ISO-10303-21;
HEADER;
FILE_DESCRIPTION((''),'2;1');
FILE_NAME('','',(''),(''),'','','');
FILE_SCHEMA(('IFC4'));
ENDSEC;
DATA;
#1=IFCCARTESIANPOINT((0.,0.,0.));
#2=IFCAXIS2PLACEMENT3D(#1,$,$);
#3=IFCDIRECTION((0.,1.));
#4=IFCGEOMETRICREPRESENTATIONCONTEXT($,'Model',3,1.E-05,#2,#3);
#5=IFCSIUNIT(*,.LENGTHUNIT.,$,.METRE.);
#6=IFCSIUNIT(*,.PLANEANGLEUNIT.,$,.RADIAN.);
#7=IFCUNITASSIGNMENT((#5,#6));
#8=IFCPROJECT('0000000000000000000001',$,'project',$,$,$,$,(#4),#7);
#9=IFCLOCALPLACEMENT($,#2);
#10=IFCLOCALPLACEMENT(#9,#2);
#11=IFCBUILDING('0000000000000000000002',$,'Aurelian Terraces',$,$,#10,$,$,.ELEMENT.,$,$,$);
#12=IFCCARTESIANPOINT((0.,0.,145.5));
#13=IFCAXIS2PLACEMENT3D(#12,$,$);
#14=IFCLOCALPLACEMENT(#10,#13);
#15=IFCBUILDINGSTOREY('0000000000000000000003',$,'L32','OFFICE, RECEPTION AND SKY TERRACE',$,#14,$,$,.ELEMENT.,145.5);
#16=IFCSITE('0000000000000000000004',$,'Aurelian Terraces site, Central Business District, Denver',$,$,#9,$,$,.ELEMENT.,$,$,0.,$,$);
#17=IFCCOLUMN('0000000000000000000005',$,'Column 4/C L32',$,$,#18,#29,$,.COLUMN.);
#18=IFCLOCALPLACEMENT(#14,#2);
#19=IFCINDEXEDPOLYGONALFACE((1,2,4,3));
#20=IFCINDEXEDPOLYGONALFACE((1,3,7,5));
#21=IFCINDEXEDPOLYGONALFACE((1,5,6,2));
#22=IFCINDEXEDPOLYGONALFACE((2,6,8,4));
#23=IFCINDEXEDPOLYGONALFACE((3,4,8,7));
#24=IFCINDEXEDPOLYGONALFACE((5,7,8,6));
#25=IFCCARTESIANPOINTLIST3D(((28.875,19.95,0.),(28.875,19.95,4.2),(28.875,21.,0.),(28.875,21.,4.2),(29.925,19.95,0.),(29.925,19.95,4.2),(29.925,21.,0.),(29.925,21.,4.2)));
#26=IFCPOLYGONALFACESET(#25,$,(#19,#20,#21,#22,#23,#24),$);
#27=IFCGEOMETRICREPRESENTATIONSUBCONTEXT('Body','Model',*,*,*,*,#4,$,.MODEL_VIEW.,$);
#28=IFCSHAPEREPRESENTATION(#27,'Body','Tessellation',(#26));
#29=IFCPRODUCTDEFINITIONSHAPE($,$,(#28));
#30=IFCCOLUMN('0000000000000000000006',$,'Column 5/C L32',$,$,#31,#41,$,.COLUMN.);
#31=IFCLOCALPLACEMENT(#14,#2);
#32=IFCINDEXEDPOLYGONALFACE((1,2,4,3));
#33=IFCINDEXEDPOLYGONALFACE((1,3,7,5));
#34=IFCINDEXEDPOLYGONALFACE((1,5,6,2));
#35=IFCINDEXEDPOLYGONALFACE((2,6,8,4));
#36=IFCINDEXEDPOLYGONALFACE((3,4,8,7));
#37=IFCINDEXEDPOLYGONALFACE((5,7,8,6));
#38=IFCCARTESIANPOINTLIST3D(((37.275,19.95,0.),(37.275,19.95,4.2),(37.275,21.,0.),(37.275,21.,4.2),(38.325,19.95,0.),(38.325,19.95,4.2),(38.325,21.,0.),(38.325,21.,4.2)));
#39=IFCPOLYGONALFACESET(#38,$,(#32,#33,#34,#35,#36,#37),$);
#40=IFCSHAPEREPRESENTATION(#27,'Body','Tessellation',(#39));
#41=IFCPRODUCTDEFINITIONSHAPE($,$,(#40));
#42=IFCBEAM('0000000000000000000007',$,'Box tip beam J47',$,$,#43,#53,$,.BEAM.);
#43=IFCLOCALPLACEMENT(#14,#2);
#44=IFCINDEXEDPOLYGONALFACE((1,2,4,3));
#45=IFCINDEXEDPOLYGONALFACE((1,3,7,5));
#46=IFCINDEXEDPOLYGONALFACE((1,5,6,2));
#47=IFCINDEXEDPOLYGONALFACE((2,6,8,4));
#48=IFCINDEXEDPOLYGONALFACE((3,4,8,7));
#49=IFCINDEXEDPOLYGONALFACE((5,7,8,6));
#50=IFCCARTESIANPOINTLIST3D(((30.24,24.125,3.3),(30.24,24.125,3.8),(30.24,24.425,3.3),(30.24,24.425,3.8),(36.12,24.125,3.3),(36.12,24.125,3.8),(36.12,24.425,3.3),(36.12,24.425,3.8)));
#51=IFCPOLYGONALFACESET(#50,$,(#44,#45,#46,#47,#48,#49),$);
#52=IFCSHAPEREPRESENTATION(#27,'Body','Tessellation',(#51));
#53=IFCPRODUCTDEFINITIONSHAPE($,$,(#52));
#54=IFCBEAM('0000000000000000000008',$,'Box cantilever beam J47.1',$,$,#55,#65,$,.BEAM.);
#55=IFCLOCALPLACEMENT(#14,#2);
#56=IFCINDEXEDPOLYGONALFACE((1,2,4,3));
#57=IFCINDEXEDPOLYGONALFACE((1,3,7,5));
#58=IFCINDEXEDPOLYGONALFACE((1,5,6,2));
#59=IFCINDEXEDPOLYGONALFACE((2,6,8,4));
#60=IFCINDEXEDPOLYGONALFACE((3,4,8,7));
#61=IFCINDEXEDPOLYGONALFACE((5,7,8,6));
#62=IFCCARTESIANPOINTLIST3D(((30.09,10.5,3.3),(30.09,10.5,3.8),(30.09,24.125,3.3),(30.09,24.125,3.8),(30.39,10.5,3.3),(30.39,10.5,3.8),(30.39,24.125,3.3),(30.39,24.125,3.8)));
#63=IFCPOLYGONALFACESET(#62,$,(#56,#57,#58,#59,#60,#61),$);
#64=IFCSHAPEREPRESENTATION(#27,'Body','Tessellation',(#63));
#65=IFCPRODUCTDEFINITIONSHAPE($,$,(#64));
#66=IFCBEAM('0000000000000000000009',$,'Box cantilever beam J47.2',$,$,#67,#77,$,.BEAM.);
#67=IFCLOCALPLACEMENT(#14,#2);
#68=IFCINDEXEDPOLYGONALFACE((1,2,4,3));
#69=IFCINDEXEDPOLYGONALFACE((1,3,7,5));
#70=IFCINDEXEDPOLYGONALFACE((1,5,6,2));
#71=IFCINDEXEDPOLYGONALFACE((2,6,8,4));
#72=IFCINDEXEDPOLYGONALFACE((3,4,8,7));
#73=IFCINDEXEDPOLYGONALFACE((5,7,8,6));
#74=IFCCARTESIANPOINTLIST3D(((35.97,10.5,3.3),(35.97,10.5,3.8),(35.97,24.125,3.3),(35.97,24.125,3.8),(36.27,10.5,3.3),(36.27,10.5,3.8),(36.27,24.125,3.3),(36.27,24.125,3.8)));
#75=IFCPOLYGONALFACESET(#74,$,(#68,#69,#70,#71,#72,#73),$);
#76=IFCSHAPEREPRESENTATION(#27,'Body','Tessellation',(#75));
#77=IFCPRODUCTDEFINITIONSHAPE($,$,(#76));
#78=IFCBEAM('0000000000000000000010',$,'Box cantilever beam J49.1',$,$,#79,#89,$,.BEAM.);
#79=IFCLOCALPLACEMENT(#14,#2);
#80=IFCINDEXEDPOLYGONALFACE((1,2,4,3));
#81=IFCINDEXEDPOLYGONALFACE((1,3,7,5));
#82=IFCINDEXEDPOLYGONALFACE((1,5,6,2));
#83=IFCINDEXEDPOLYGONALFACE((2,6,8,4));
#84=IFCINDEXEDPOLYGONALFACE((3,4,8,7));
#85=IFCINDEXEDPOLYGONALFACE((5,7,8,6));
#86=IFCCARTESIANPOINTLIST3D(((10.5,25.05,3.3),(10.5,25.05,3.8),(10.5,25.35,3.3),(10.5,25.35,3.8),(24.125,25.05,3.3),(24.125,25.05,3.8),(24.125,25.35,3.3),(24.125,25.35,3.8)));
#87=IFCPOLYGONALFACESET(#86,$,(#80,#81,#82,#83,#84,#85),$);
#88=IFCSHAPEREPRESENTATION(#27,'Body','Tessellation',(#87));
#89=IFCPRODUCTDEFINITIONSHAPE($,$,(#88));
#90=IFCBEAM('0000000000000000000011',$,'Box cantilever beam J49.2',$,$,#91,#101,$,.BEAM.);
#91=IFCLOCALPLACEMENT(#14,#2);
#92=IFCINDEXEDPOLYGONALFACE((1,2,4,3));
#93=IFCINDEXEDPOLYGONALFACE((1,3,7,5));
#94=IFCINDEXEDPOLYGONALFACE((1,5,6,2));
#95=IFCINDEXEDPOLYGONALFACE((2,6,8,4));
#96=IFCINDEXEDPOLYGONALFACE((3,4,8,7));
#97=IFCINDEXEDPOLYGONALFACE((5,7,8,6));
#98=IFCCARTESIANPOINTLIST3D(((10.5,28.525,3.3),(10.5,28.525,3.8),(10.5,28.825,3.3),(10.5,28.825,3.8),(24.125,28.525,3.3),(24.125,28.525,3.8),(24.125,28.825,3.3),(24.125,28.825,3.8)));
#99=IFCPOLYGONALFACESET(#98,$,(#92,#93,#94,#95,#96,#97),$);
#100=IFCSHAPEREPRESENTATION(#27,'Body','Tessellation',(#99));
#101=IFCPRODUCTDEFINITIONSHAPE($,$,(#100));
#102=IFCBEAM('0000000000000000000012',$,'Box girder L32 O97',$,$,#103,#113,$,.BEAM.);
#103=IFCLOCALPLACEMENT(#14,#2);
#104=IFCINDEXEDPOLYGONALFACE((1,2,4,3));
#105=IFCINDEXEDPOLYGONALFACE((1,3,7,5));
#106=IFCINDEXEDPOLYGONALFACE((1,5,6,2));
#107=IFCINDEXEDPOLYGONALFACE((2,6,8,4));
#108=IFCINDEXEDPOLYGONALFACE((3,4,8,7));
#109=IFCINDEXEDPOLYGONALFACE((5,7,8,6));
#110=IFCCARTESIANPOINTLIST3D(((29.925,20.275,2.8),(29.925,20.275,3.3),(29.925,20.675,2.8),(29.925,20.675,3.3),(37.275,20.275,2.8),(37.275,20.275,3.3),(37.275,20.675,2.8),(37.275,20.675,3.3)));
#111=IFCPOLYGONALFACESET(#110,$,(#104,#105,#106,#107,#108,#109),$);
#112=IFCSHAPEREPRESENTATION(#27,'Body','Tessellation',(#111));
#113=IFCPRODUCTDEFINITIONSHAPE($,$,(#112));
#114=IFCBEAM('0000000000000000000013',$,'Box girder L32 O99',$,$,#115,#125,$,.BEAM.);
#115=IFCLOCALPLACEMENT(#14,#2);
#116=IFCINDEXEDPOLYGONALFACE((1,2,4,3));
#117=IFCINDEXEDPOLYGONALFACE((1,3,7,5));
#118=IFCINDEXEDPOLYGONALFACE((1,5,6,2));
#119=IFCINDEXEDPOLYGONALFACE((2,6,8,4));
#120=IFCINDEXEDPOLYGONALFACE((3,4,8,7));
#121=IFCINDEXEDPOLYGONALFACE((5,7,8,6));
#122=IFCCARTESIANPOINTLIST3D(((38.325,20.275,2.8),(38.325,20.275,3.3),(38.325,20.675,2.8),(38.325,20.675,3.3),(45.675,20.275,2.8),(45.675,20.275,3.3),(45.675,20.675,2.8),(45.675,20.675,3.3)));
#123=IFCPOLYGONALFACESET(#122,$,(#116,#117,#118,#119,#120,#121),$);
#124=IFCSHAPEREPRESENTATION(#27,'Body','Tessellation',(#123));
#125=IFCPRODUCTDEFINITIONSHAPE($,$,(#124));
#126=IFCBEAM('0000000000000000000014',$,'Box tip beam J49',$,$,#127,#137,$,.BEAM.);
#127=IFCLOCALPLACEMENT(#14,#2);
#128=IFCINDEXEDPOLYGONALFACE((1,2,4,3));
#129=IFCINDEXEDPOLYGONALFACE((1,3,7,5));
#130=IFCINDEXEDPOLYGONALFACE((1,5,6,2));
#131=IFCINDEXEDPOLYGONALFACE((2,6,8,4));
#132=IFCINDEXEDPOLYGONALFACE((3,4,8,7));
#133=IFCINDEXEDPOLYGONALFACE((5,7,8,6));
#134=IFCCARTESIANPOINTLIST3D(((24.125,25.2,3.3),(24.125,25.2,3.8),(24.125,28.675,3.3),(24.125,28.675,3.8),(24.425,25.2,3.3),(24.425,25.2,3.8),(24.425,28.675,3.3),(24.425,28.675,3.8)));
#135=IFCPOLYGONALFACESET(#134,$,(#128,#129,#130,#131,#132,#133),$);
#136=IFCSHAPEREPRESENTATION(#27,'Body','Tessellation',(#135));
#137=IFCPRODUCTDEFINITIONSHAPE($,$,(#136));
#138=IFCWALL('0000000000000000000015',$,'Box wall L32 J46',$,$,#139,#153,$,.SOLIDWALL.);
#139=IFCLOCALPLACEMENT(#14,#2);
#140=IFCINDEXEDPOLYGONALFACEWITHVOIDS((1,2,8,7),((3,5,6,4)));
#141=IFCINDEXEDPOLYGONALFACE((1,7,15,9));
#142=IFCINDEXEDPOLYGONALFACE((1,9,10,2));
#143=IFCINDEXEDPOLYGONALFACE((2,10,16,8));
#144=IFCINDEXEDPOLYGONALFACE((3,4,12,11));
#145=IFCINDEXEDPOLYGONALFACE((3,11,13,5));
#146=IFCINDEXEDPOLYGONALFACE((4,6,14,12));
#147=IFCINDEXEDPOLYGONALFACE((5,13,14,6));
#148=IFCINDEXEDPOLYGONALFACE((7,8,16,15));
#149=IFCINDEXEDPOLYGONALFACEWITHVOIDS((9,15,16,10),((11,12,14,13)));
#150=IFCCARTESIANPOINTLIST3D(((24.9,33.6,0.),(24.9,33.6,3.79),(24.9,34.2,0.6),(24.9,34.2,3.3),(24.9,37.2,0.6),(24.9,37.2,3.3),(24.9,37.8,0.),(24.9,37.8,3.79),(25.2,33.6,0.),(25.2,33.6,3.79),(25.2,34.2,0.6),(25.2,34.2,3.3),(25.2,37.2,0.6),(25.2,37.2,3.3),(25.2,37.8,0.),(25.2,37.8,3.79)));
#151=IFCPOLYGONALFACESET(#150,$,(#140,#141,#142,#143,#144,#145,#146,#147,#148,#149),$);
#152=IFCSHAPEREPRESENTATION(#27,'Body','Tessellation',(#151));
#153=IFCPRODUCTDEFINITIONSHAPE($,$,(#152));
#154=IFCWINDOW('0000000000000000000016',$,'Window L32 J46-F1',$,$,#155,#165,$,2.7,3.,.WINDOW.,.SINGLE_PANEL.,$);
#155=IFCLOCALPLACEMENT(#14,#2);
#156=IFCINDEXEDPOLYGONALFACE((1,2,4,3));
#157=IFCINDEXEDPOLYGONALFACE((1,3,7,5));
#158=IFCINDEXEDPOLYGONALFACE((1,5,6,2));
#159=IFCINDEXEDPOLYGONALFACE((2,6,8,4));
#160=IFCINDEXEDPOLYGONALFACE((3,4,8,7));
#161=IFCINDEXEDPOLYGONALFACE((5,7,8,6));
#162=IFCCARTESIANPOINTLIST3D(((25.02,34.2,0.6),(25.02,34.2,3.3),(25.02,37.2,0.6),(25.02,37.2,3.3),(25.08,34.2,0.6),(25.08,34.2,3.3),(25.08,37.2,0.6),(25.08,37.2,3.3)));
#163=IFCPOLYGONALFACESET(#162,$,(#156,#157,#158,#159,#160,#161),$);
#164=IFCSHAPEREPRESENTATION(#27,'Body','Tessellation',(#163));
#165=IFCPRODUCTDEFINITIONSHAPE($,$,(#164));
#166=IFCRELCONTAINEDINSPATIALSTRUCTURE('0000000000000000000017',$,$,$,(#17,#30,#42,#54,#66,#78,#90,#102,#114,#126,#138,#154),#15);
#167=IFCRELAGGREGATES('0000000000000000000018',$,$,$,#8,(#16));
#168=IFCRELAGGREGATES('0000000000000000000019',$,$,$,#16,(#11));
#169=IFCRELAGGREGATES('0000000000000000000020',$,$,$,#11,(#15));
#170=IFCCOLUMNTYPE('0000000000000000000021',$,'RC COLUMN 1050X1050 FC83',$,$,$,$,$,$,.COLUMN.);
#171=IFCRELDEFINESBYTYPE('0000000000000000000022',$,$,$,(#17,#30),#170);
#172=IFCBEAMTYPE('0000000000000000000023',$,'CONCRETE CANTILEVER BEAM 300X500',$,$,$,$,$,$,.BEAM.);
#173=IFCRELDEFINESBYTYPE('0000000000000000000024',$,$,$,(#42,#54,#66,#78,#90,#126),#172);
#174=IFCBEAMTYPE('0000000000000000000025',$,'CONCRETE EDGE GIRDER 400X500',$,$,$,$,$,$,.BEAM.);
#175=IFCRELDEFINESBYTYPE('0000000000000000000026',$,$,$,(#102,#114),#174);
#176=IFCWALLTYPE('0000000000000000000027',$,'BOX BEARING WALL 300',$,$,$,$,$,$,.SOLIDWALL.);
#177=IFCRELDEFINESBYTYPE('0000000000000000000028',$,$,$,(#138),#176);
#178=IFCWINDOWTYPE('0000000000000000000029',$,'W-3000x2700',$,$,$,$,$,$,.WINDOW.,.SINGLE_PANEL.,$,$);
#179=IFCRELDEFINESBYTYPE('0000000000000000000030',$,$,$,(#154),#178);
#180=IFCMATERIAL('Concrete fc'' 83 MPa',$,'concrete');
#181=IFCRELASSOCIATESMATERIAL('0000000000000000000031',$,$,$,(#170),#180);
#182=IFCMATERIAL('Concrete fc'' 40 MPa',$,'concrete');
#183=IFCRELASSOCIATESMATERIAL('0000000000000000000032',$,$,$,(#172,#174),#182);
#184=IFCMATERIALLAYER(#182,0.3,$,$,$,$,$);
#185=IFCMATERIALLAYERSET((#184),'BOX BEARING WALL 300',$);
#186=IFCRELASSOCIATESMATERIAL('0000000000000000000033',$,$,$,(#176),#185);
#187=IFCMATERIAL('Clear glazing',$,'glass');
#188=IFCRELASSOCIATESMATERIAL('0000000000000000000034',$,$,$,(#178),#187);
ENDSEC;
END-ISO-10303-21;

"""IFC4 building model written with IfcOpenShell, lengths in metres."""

from ifc_helpers import new_model, si_unit, direction, frame, frame_2d, origin, origin_2d, place, context, subcontext, project, spatial, rectangle, extrude, source, transform, mapped, material, layer, layer_set, material_profile, profile_set, type_object, element, fill, save


model = new_model("IFC4")

# Units and contexts
model_context = context("Model", 3, precision=1e-05, world=origin(), true_north=direction((0.0, 1.0)))
body_context = subcontext(model_context, "Body", "Model", "MODEL_VIEW")
ifc_project = project(units=[si_unit("LENGTHUNIT", "METRE"), si_unit("PLANEANGLEUNIT", "RADIAN")], contexts=[model_context])

# Site, building, storey
site_placement = place(None, origin())
site = spatial("IfcSite", under=ifc_project, at=site_placement, Name="Aurelian Terraces site, Central Business District, Denver", CompositionType="ELEMENT", RefElevation=0.0)
building_placement = place(site_placement, origin())
building = spatial("IfcBuilding", under=site, at=building_placement, Name="Aurelian Terraces", CompositionType="ELEMENT")
storey_placement = place(building_placement, frame((0.0, 0.0, 145.5)))
storey = spatial("IfcBuildingStorey", under=building, at=storey_placement, Name="L32", Description="OFFICE, RECEPTION AND SKY TERRACE", CompositionType="ELEMENT", Elevation=145.5)

# Columns
ifc_material_1 = material(Name="Concrete fc' 83 MPa", Category="concrete")
ifc_material_profile_1 = material_profile(ifc_material_1, rectangle(XDim=1.05, YDim=1.05, at=origin_2d()))
ifc_profile_set_1 = profile_set([ifc_material_profile_1], Name="Concrete fc' 83 MPa")
column_type = type_object("IfcColumnType", Name="RC COLUMN 1050X1050 FC83", PredefinedType="COLUMN", material=ifc_profile_set_1)
shared_shape_1 = source(origin(), body_context, "Body", "SweptSolid", [
    extrude(rectangle(XDim=1.05, YDim=1.05, at=origin_2d()), origin(), (0.0, 0.0, 1.0), 4.2),
])
for number, where, z_axis, x_axis, name in (
    (1, (29.4, 20.475, 0.0), (0.0, 0.0, 1.0), (1.0, 0.0, 0.0), "Column 4/C L32"),
    (2, (37.8, 20.475, 0.0), (0.0, 0.0, 1.0), (1.0, 0.0, 0.0), "Column 5/C L32"),
):
    element("IfcColumn", number, at=place(storey_placement, frame(where, z_axis=z_axis, x_axis=x_axis)), inside=storey, type_object=column_type, Name=name, PredefinedType="COLUMN", context=body_context, shape_type="MappedRepresentation", body=[
        mapped(shared_shape_1, transform((0.0, 0.0, 0.0), scale=1.0)),
    ])

# Beams
ifc_material_2 = material(Name="Concrete fc' 40 MPa", Category="concrete")
ifc_material_profile_2 = material_profile(ifc_material_2, rectangle(XDim=0.3, YDim=0.5, at=origin_2d()))
ifc_profile_set_2 = profile_set([ifc_material_profile_2], Name="Concrete fc' 40 MPa")
beam_type_1 = type_object("IfcBeamType", Name="CONCRETE CANTILEVER BEAM 300X500", PredefinedType="BEAM", material=ifc_profile_set_2)
shared_shape_2 = source(origin(), body_context, "Body", "SweptSolid", [
    extrude(rectangle(XDim=0.3, YDim=0.5, at=origin_2d()), origin(), (0.0, 0.0, 1.0), 5.88),
])
beam_1_placement = place(storey_placement, frame((30.24, 24.275, 3.55), z_axis=(1.0, 0.0, 0.0), x_axis=(0.0, 1.0, 0.0)))
element("IfcBeam", 3, at=beam_1_placement, inside=storey, type_object=beam_type_1, Name="Box tip beam J47", PredefinedType="BEAM", context=body_context, shape_type="MappedRepresentation", body=[
    mapped(shared_shape_2, transform((0.0, 0.0, 0.0), scale=1.0)),
])
shared_shape_3 = source(origin(), body_context, "Body", "SweptSolid", [
    extrude(rectangle(XDim=0.3, YDim=0.5, at=origin_2d()), origin(), (0.0, 0.0, 1.0), 13.625),
])
for number, where, z_axis, x_axis, name in (
    (4, (30.24, 24.125, 3.55), (0.0, -1.0, 0.0), (1.0, 0.0, 0.0), "Box cantilever beam J47.1"),
    (5, (36.12, 24.125, 3.55), (0.0, -1.0, 0.0), (1.0, 0.0, 0.0), "Box cantilever beam J47.2"),
    (6, (24.125, 25.2, 3.55), (-1.0, 0.0, 0.0), (0.0, -1.0, 0.0), "Box cantilever beam J49.1"),
    (7, (24.125, 28.675, 3.55), (-1.0, 0.0, 0.0), (0.0, -1.0, 0.0), "Box cantilever beam J49.2"),
):
    element("IfcBeam", number, at=place(storey_placement, frame(where, z_axis=z_axis, x_axis=x_axis)), inside=storey, type_object=beam_type_1, Name=name, PredefinedType="BEAM", context=body_context, shape_type="MappedRepresentation", body=[
        mapped(shared_shape_3, transform((0.0, 0.0, 0.0), scale=1.0)),
    ])
ifc_material_profile_3 = material_profile(ifc_material_2, rectangle(XDim=0.4, YDim=0.5, at=origin_2d()))
ifc_profile_set_3 = profile_set([ifc_material_profile_3], Name="Concrete fc' 40 MPa")
beam_type_2 = type_object("IfcBeamType", Name="CONCRETE EDGE GIRDER 400X500", PredefinedType="BEAM", material=ifc_profile_set_3)
shared_shape_4 = source(origin(), body_context, "Body", "SweptSolid", [
    extrude(rectangle(XDim=0.4, YDim=0.5, at=origin_2d()), origin(), (0.0, 0.0, 1.0), 7.35),
])
for number, where, z_axis, x_axis, name in (
    (8, (29.925, 20.475, 3.05), (1.0, 0.0, 0.0), (0.0, 1.0, 0.0), "Box girder L32 O97"),
    (9, (38.325, 20.475, 3.05), (1.0, 0.0, 0.0), (0.0, 1.0, 0.0), "Box girder L32 O99"),
):
    element("IfcBeam", number, at=place(storey_placement, frame(where, z_axis=z_axis, x_axis=x_axis)), inside=storey, type_object=beam_type_2, Name=name, PredefinedType="BEAM", context=body_context, shape_type="MappedRepresentation", body=[
        mapped(shared_shape_4, transform((0.0, 0.0, 0.0), scale=1.0)),
    ])
shared_shape_5 = source(origin(), body_context, "Body", "SweptSolid", [
    extrude(rectangle(XDim=0.3, YDim=0.5, at=origin_2d()), origin(), (0.0, 0.0, 1.0), 3.475),
])
beam_2_placement = place(storey_placement, frame((24.275, 25.2, 3.55), z_axis=(0.0, 1.0, 0.0), x_axis=(-1.0, 0.0, 0.0)))
element("IfcBeam", 10, at=beam_2_placement, inside=storey, type_object=beam_type_1, Name="Box tip beam J49", PredefinedType="BEAM", context=body_context, shape_type="MappedRepresentation", body=[
    mapped(shared_shape_5, transform((0.0, 0.0, 0.0), scale=1.0)),
])

# Wall, opening, window
ifc_layer_1 = layer(ifc_material_2, 0.3)
ifc_layer_set_1 = layer_set([ifc_layer_1], Name="BOX BEARING WALL 300")
wall_type_1 = type_object("IfcWallType", Name="BOX BEARING WALL 300", PredefinedType="SOLIDWALL", material=ifc_layer_set_1)
shared_shape_6 = source(origin(), body_context, "Body", "SweptSolid", [
    extrude(rectangle(XDim=4.2, YDim=0.3, at=frame_2d((2.1, 0.0))), origin(), (0.0, 0.0, 1.0), 3.79),
])
wall_1_placement = place(storey_placement, frame((25.05, 33.6, 0.0), z_axis=(0.0, 0.0, 1.0), x_axis=(0.0, 1.0, 0.0)))
wall_1 = element("IfcWall", 11, at=wall_1_placement, inside=storey, type_object=wall_type_1, Name="Box wall L32 J46", PredefinedType="SOLIDWALL", context=body_context, shape_type="MappedRepresentation", body=[
    mapped(shared_shape_6, transform((0.0, 0.0, 0.0), scale=1.0)),
])
shared_shape_7 = source(origin(), body_context, "Body", "SweptSolid", [
    extrude(rectangle(XDim=3.0, YDim=2.7, at=frame_2d((1.5, 1.35))), frame((0.0, 0.16, 0.0), z_axis=(0.0, -1.0, 0.0), x_axis=(1.0, 0.0, 0.0)), (0.0, 0.0, 1.0), 0.32),
])
opening_1_placement = place(wall_1_placement, frame((0.6, 0.0, 0.6)))
opening_1 = element("IfcOpeningElement", 12, at=opening_1_placement, cuts=wall_1, PredefinedType="OPENING", context=body_context, shape_type="MappedRepresentation", body=[
    mapped(shared_shape_7, transform((0.0, 0.0, 0.0), scale=1.0)),
])
ifc_material_3 = material(Name="Clear glazing", Category="glass")
window_type_1 = type_object("IfcWindowType", Name="W-3000x2700", PartitioningType="SINGLE_PANEL", PredefinedType="WINDOW", material=ifc_material_3)
shared_shape_8 = source(origin(), body_context, "Body", "SweptSolid", [
    extrude(rectangle(XDim=3.0, YDim=2.7, at=frame_2d((1.5, 1.35))), frame((0.0, 0.03, 0.0), z_axis=(0.0, -1.0, 0.0), x_axis=(1.0, 0.0, 0.0)), (0.0, 0.0, 1.0), 0.06),
])
window_1_placement = place(opening_1_placement, origin())
window_1 = element("IfcWindow", 13, at=window_1_placement, inside=storey, type_object=window_type_1, Name="Window L32 J46-F1", OverallHeight=2.7, OverallWidth=3.0, PartitioningType="SINGLE_PANEL", PredefinedType="WINDOW", context=body_context, shape_type="MappedRepresentation", body=[
    mapped(shared_shape_8, transform((0.0, 0.0, 0.0), scale=1.0)),
])
fill(opening_1, window_1)

save(model, "model.ifc")
